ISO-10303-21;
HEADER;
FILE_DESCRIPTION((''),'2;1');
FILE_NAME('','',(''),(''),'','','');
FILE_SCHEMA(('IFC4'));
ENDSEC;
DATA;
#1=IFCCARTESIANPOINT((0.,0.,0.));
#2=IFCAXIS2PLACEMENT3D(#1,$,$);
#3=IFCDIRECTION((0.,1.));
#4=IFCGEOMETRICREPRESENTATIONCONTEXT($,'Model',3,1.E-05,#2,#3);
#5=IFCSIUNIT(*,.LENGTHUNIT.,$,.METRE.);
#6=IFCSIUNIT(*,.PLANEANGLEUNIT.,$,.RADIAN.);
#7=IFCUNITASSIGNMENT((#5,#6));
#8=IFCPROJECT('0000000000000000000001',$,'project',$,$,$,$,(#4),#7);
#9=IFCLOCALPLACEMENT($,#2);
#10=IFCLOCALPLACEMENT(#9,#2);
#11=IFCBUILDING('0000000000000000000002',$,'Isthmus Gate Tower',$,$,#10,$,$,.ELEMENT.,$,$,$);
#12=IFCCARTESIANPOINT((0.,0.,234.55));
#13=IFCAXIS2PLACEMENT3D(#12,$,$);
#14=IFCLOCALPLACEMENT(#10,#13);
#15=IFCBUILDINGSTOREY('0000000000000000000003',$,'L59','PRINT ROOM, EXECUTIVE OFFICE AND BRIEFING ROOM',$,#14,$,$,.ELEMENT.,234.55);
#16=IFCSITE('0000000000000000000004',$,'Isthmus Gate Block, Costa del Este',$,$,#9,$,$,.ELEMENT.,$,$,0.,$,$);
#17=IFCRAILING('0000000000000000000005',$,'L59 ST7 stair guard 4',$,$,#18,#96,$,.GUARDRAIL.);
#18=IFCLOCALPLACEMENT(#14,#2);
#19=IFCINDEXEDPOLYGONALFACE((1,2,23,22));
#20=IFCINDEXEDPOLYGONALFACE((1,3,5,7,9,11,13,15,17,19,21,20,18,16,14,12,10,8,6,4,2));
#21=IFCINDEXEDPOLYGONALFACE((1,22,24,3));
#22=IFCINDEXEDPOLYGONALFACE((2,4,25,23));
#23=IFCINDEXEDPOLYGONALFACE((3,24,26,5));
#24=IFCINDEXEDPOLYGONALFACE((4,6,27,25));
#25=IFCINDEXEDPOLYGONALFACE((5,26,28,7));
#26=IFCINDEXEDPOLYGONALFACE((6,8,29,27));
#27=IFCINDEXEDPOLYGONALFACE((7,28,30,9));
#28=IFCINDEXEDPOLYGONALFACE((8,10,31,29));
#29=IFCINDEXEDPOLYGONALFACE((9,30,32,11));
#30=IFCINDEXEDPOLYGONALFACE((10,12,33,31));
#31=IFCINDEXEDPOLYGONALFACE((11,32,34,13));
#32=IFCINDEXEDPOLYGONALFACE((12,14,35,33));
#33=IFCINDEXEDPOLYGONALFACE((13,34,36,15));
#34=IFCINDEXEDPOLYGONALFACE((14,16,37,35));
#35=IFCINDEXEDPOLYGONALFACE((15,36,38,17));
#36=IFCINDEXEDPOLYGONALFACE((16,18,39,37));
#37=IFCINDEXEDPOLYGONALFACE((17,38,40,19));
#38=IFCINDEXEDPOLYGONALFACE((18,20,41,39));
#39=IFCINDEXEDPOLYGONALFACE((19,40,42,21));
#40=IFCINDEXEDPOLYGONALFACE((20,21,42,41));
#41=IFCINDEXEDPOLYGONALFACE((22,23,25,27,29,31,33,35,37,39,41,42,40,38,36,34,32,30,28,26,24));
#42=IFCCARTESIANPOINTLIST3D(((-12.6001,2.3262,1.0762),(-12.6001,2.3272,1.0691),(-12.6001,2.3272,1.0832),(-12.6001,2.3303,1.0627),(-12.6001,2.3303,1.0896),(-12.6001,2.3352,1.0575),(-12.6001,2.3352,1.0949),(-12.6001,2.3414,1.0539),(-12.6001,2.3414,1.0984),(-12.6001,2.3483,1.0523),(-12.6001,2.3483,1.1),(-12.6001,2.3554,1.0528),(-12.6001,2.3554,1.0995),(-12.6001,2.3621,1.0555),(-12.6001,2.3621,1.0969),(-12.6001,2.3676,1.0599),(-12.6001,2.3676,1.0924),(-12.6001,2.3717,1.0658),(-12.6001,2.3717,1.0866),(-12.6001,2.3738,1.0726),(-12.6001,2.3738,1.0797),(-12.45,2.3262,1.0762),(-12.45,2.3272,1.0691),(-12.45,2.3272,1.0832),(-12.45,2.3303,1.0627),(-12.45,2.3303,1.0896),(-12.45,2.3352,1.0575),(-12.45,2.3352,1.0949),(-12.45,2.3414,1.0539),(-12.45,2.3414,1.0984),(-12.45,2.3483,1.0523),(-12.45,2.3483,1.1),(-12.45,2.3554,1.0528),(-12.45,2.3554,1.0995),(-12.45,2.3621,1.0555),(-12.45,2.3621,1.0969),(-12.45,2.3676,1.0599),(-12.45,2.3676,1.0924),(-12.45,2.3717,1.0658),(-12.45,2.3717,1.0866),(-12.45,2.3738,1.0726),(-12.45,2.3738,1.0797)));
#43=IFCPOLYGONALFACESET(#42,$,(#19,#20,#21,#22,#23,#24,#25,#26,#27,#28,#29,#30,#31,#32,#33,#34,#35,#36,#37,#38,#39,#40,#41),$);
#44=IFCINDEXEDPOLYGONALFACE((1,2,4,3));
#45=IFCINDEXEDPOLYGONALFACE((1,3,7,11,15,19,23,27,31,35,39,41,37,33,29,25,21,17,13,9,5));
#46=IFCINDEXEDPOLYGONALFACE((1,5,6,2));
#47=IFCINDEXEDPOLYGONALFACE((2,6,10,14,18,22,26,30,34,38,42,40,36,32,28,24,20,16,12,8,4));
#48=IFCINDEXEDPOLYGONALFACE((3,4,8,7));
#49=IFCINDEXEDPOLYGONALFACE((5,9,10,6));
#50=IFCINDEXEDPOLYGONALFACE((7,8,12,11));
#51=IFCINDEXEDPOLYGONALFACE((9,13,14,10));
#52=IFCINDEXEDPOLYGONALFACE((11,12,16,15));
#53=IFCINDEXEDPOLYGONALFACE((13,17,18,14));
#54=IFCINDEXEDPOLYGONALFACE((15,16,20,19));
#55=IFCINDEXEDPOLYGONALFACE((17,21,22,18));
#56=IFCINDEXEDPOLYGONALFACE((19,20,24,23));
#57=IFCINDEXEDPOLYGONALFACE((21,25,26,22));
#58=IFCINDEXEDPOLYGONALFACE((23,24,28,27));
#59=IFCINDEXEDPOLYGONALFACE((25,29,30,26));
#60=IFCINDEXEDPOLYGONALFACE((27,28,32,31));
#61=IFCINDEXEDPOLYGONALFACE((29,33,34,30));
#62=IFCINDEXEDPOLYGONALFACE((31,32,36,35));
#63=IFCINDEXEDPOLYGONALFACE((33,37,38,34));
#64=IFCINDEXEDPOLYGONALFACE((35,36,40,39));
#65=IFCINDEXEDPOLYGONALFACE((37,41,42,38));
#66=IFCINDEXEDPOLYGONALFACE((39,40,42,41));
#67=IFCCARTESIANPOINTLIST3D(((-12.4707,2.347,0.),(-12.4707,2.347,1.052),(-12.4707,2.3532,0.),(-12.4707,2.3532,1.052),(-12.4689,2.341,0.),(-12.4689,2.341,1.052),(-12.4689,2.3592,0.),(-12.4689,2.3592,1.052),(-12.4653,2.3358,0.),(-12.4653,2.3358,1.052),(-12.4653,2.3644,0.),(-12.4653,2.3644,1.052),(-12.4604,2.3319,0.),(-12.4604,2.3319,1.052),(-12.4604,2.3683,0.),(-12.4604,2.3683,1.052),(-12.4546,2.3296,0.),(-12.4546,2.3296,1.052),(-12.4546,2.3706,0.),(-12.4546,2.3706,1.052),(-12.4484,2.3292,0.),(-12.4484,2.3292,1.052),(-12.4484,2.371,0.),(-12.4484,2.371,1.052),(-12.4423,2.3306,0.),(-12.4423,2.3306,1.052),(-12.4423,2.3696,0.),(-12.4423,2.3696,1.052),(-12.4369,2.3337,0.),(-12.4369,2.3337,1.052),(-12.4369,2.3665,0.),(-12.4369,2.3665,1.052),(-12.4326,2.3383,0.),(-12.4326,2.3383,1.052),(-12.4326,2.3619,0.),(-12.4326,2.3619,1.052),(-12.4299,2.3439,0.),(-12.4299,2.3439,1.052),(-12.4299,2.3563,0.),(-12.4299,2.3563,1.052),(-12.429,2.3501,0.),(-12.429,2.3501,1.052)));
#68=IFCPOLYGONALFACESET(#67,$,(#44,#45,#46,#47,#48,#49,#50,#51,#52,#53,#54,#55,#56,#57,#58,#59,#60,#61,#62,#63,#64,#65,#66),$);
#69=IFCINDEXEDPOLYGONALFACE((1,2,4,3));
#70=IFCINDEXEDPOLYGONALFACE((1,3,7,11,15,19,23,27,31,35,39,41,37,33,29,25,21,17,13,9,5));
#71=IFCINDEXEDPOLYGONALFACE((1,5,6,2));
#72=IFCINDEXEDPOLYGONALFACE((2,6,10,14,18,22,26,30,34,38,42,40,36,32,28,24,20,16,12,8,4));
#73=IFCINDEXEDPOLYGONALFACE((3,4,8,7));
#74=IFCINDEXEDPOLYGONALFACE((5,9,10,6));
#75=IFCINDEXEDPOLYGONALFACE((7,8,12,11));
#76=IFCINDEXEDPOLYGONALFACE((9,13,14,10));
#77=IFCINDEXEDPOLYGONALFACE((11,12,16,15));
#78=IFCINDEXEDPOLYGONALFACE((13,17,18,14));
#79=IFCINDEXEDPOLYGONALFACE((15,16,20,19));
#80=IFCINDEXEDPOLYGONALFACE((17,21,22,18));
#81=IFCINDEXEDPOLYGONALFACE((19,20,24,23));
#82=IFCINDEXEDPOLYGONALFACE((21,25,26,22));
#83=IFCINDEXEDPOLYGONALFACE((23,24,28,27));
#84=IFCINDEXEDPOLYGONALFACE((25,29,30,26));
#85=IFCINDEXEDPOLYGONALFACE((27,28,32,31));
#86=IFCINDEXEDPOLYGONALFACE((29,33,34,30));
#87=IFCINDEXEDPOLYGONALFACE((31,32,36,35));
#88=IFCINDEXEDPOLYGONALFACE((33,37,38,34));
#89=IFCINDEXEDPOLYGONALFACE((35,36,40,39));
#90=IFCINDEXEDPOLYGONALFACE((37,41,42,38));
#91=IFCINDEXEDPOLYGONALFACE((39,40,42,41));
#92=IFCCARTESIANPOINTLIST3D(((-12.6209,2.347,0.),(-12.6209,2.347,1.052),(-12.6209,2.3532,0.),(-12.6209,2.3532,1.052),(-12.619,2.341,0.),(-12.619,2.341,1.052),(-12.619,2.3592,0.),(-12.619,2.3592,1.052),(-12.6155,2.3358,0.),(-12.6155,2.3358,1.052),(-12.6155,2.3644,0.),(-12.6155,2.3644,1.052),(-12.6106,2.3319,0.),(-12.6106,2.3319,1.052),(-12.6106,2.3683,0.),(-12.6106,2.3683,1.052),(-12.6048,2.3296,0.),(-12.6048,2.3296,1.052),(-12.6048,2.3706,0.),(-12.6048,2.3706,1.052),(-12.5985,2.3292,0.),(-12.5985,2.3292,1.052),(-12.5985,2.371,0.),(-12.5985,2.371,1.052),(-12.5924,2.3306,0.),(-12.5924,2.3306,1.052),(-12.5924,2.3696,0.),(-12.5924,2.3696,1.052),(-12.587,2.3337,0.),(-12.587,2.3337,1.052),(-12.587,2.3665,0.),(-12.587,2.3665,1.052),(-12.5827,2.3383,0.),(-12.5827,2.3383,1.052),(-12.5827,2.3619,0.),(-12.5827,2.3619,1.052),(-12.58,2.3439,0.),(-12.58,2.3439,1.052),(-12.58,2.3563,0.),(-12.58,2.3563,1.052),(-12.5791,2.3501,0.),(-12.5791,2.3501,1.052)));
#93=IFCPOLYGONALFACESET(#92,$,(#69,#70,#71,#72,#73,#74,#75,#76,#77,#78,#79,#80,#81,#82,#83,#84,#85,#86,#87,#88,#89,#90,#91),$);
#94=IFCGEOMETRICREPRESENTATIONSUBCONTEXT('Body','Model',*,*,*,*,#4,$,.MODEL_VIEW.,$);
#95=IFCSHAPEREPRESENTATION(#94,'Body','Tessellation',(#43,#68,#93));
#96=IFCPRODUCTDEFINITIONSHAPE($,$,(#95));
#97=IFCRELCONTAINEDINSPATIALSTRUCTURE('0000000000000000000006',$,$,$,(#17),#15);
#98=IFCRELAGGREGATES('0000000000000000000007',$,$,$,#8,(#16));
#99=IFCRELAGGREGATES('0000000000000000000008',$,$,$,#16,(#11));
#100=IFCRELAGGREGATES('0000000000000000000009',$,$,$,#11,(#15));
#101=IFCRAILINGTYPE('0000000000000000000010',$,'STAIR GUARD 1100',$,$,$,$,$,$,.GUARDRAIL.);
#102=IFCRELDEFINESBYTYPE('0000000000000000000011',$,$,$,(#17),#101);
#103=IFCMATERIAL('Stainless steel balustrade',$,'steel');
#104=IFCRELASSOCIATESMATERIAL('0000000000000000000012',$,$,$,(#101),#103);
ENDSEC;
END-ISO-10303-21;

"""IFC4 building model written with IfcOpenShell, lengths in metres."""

from ifc_helpers import new_model, si_unit, direction, frame, origin, origin_2d, place, context, subcontext, project, spatial, circle, extrude, material, type_object, element, save


model = new_model("IFC4")

# Units and contexts
model_context = context("Model", 3, precision=1e-05, world=origin(), true_north=direction((0.0, 1.0)))
body_context = subcontext(model_context, "Body", "Model", "MODEL_VIEW")
ifc_project = project(units=[si_unit("LENGTHUNIT", "METRE"), si_unit("PLANEANGLEUNIT", "RADIAN")], contexts=[model_context])

# Site, building, storey
site_placement = place(None, origin())
site = spatial("IfcSite", under=ifc_project, at=site_placement, Name="Isthmus Gate Block, Costa del Este", CompositionType="ELEMENT", RefElevation=0.0)
building_placement = place(site_placement, origin())
building = spatial("IfcBuilding", under=site, at=building_placement, Name="Isthmus Gate Tower", CompositionType="ELEMENT")
storey_placement = place(building_placement, frame((0.0, 0.0, 234.55)))
storey = spatial("IfcBuildingStorey", under=building, at=storey_placement, Name="L59", Description="PRINT ROOM, EXECUTIVE OFFICE AND BRIEFING ROOM", CompositionType="ELEMENT", Elevation=234.55)

# Railing
ifc_material_1 = material(Name="Stainless steel balustrade", Category="steel")
railing_type_1 = type_object("IfcRailingType", Name="STAIR GUARD 1100", PredefinedType="GUARDRAIL", material=ifc_material_1)
railing_1_placement = place(storey_placement, frame((-12.45, 2.3501, 0.0)))
element("IfcRailing", 1, at=railing_1_placement, inside=storey, type_object=railing_type_1, Name="L59 ST7 stair guard 4", PredefinedType="GUARDRAIL", context=body_context, shape_type="SweptSolid", body=[
    extrude(circle(Radius=0.0239, at=origin_2d()), frame((0.0, 0.0, 1.0762), z_axis=(-1.0, 0.0, 0.0), x_axis=(0.0, -1.0, 0.0)), (0.0, 0.0, 1.0), 0.1501),
    extrude(circle(Radius=0.021, at=origin_2d()), origin(), (0.0, 0.0, 1.0), 1.052),
    extrude(circle(Radius=0.021, at=origin_2d()), frame((-0.1501, 0.0, 0.0)), (0.0, 0.0, 1.0), 1.052),
])

save(model, "model.ifc")
